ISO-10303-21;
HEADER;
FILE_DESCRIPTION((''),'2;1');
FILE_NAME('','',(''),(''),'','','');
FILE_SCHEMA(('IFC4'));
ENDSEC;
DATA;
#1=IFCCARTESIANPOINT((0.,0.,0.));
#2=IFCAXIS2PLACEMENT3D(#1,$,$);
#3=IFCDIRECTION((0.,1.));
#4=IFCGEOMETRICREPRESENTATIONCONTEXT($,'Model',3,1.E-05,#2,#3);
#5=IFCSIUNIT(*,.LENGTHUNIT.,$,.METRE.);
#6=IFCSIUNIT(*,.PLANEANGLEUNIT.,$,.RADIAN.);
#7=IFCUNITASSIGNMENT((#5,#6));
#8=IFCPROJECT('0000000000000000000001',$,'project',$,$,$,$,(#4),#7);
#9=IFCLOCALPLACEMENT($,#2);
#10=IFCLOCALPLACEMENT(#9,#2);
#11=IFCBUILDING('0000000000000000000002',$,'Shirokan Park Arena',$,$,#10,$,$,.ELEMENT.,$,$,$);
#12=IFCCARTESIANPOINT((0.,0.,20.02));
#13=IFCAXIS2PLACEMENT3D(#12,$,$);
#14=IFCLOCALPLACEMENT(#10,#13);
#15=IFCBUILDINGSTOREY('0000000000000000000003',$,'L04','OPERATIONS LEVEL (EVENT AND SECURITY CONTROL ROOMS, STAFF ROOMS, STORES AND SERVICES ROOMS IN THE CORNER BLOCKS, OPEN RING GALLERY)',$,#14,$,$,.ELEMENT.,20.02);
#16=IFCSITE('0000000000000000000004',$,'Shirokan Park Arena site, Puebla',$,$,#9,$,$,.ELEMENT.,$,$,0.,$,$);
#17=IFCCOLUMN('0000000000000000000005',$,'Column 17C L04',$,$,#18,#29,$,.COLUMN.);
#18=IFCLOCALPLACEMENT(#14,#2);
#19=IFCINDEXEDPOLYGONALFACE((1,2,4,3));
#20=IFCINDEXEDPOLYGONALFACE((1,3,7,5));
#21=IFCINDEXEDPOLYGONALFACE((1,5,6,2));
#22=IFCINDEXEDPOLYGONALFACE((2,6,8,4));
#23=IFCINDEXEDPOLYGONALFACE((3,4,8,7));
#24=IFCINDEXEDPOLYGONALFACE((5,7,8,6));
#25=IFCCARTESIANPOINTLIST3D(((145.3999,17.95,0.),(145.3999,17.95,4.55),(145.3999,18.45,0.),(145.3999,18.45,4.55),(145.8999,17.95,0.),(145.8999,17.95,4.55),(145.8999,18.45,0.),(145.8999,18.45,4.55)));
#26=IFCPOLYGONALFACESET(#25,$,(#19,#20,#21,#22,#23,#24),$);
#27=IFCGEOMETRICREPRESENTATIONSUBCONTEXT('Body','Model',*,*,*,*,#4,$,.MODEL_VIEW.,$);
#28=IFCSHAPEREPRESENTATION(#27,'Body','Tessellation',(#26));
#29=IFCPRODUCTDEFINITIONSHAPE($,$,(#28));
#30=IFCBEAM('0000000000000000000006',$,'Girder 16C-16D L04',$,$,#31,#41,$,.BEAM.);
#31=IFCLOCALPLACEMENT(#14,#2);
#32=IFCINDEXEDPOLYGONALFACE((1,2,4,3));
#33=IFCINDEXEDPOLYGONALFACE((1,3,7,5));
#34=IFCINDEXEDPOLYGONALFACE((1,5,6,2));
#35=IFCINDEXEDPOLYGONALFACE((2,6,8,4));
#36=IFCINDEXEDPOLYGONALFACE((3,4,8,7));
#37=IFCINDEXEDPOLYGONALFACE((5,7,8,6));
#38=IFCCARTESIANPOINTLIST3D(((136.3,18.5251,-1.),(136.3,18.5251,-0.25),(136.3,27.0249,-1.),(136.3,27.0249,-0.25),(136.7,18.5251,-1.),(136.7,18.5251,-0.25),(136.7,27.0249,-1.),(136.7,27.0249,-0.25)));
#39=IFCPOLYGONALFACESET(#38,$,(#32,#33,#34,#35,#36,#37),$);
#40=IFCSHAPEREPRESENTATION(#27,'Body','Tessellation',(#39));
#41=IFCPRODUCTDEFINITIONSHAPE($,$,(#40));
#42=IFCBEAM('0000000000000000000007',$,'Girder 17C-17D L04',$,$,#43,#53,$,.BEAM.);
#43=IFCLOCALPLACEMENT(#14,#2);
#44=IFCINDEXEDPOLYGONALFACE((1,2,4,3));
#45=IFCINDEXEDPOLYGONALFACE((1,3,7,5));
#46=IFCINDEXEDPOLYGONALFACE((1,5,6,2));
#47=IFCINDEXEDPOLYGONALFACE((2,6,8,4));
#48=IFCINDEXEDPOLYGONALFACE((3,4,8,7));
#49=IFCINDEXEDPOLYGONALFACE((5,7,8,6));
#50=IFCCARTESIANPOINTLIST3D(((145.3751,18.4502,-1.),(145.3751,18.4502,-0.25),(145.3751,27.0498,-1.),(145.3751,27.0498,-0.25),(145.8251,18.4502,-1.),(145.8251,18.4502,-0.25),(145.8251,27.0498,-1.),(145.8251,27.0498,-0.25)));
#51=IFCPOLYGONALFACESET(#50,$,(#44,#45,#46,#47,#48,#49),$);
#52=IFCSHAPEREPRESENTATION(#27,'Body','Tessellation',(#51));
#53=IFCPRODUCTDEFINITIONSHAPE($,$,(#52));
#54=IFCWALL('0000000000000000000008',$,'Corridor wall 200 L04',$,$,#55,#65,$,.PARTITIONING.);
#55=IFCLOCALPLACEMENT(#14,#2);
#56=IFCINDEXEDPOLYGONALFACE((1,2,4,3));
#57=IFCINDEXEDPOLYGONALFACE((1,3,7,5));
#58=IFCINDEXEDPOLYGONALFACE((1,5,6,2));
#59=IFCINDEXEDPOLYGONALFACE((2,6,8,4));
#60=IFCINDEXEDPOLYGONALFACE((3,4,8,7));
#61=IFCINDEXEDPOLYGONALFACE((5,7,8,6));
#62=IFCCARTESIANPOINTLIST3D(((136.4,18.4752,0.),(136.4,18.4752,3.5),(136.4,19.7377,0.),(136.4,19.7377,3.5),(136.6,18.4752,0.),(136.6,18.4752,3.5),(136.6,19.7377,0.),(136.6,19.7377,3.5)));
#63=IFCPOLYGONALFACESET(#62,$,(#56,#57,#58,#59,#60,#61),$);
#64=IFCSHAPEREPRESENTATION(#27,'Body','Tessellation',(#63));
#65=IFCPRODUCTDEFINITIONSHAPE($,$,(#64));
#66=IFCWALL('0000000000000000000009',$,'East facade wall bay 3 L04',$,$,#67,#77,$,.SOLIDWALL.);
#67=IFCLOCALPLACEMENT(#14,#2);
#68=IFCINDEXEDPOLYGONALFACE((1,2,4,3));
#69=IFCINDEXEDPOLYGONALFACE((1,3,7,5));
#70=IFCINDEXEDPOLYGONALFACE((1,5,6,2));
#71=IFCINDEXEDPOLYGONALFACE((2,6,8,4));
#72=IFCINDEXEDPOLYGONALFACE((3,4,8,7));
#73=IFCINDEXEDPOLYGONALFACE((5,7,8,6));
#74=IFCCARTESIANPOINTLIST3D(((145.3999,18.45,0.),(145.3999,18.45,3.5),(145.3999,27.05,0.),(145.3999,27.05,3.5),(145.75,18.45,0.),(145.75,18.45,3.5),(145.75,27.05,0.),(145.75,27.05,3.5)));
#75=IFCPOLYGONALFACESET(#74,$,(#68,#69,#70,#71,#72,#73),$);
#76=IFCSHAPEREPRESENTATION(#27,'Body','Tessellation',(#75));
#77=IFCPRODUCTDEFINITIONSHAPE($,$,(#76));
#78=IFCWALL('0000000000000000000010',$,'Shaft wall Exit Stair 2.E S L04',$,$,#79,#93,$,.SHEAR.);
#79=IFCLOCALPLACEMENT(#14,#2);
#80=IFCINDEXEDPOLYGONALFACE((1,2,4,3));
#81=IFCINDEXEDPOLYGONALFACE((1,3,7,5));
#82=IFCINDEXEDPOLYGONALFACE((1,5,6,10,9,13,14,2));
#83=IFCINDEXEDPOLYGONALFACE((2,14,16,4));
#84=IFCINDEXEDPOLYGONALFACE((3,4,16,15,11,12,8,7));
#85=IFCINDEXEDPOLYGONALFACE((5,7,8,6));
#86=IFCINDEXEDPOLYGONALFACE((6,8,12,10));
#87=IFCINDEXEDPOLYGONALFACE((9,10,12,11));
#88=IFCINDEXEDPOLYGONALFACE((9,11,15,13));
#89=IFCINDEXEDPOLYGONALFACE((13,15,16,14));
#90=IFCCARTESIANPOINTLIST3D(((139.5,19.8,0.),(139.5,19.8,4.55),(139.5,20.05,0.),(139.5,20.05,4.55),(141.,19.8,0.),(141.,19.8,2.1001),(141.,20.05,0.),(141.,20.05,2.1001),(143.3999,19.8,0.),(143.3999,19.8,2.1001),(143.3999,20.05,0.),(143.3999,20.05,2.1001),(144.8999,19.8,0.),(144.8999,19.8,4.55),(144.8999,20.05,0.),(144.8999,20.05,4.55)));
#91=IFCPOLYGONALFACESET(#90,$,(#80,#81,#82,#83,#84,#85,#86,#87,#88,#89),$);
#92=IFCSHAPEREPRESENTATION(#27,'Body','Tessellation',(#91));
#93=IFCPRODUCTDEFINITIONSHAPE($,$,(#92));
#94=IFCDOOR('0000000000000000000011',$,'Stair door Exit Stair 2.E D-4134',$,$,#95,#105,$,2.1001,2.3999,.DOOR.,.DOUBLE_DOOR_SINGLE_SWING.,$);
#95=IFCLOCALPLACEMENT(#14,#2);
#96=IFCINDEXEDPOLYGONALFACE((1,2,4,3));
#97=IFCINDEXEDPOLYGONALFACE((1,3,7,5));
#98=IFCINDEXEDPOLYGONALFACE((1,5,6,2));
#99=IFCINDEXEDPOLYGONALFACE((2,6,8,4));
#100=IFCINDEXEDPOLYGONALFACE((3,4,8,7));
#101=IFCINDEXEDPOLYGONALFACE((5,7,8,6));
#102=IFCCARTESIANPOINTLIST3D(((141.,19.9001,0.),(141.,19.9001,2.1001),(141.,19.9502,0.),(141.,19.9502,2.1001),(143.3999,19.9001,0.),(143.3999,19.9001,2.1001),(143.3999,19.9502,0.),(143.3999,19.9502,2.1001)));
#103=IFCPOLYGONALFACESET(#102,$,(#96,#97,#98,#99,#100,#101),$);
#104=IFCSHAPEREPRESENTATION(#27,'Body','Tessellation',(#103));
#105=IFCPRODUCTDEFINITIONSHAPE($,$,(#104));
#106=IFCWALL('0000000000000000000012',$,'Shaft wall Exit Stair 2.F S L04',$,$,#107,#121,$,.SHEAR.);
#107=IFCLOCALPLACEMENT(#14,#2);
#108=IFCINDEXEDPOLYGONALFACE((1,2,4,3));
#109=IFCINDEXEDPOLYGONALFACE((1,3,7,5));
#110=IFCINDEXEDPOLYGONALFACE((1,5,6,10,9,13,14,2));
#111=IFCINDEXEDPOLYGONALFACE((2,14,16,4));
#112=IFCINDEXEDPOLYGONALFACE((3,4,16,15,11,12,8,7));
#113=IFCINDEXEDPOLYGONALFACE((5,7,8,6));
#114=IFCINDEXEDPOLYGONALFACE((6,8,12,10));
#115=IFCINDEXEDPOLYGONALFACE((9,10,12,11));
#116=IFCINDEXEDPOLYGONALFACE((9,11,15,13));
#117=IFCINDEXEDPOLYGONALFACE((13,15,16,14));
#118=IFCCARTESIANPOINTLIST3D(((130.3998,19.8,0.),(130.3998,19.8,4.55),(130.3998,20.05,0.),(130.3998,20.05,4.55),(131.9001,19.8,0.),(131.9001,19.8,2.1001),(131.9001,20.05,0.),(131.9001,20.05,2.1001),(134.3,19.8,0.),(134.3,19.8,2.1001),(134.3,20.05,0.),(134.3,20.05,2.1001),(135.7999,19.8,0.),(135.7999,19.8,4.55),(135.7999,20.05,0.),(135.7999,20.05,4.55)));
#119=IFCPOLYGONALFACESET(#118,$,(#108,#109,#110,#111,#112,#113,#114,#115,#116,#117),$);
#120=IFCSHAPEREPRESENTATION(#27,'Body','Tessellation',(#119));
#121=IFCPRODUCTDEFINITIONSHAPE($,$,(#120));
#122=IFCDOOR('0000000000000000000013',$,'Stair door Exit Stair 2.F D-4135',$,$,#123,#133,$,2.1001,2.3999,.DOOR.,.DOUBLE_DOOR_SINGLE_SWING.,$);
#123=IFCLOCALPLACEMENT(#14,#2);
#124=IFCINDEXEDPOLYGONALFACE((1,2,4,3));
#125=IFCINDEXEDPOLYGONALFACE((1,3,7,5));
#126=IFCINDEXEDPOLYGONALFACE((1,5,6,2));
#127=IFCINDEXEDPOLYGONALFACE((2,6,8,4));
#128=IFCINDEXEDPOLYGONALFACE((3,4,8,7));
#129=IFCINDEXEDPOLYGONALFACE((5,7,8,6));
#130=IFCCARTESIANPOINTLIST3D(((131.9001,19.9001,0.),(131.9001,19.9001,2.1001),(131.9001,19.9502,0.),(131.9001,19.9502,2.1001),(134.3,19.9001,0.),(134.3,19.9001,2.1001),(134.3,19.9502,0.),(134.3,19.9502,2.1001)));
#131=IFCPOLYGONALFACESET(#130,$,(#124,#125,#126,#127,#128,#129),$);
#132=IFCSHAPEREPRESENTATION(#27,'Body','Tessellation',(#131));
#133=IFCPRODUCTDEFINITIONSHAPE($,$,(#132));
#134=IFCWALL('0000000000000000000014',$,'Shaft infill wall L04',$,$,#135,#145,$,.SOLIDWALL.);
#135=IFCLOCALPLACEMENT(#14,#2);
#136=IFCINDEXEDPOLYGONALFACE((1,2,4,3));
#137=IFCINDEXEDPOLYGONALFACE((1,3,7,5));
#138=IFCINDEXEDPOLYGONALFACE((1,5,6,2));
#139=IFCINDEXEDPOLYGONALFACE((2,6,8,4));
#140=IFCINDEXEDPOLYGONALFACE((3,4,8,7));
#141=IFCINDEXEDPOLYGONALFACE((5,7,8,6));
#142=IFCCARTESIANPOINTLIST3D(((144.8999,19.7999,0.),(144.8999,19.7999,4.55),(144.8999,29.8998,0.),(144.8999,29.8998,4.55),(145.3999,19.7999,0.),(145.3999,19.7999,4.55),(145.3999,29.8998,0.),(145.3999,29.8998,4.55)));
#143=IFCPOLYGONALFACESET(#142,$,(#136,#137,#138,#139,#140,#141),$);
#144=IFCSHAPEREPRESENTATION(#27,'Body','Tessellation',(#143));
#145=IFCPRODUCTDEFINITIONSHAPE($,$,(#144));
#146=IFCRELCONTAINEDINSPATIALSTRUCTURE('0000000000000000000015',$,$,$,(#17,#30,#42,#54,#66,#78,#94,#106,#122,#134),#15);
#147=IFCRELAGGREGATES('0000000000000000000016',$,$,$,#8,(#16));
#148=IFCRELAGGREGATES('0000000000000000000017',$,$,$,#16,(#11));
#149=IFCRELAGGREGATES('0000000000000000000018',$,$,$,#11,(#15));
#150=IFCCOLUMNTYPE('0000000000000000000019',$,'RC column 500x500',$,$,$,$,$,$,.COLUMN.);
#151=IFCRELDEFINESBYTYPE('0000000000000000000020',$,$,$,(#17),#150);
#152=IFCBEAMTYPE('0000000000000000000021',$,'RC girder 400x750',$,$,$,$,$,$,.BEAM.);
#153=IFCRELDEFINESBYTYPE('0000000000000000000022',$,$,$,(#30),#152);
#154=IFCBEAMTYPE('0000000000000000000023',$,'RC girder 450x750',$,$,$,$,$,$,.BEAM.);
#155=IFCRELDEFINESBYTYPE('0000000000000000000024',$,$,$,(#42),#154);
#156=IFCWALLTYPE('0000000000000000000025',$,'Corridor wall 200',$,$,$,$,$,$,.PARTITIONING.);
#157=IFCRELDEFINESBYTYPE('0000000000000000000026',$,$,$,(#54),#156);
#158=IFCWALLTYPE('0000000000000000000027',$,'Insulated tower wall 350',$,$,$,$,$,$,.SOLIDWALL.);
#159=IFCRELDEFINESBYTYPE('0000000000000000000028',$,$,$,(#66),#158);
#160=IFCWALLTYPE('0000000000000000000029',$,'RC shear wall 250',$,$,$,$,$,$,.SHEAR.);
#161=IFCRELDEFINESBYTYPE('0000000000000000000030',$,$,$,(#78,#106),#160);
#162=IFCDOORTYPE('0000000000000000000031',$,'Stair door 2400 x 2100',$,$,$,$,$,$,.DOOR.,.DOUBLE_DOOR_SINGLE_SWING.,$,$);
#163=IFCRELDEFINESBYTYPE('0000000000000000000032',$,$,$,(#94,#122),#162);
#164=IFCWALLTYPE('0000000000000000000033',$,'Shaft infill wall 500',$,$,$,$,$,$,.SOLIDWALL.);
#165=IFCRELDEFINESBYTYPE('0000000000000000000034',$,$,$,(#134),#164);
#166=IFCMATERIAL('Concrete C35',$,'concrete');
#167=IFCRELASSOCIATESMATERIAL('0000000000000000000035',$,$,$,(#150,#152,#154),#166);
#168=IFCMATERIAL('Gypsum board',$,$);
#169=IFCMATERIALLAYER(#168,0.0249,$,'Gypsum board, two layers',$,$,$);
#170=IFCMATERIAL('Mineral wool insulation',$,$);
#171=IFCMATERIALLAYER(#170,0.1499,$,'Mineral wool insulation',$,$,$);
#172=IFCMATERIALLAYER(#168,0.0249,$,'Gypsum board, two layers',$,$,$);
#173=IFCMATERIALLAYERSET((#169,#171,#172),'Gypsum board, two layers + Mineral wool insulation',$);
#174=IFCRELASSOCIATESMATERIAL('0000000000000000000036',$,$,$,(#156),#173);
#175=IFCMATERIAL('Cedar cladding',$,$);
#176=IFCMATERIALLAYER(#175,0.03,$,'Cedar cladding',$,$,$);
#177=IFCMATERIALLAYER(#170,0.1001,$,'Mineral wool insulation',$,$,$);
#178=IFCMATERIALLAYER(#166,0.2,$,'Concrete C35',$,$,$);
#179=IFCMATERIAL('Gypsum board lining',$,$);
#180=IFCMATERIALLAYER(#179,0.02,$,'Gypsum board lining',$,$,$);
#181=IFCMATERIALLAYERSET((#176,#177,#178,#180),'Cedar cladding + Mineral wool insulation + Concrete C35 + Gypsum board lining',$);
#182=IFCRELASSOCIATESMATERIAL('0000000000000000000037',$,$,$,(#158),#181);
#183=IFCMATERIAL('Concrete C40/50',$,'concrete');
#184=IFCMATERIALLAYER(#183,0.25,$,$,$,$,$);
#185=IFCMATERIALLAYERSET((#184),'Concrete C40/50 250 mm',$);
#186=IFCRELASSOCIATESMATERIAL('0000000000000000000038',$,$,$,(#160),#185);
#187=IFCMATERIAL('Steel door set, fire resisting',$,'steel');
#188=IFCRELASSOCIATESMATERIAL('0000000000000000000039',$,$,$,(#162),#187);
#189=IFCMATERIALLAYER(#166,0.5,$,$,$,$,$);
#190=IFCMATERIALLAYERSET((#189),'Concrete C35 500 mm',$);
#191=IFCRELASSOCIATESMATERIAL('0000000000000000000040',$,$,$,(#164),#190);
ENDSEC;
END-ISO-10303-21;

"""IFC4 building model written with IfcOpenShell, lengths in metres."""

from ifc_helpers import new_model, si_unit, direction, frame, frame_2d, origin, origin_2d, place, context, subcontext, project, spatial, rectangle, extrude, material, layer, layer_set, material_profile, profile_set, type_object, element, fill, save


model = new_model("IFC4")

# Units and contexts
model_context = context("Model", 3, precision=1e-05, world=origin(), true_north=direction((0.0, 1.0)))
body_context = subcontext(model_context, "Body", "Model", "MODEL_VIEW")
ifc_project = project(units=[si_unit("LENGTHUNIT", "METRE"), si_unit("PLANEANGLEUNIT", "RADIAN")], contexts=[model_context])

# Site, building, storey
site_placement = place(None, origin())
site = spatial("IfcSite", under=ifc_project, at=site_placement, Name="Shirokan Park Arena site, Puebla", CompositionType="ELEMENT", RefElevation=0.0)
building_placement = place(site_placement, origin())
building = spatial("IfcBuilding", under=site, at=building_placement, Name="Shirokan Park Arena", CompositionType="ELEMENT")
storey_placement = place(building_placement, frame((0.0, 0.0, 20.02)))
storey = spatial("IfcBuildingStorey", under=building, at=storey_placement, Name="L04", Description="OPERATIONS LEVEL (EVENT AND SECURITY CONTROL ROOMS, STAFF ROOMS, STORES AND SERVICES ROOMS IN THE CORNER BLOCKS, OPEN RING GALLERY)", CompositionType="ELEMENT", Elevation=20.02)

# Column
ifc_material_1 = material(Name="Concrete C35", Category="concrete")
ifc_material_profile_1 = material_profile(ifc_material_1, rectangle(XDim=0.5, YDim=0.5, at=origin_2d()), Name="500x500")
ifc_profile_set_1 = profile_set([ifc_material_profile_1], Name="Concrete C35")
column_type = type_object("IfcColumnType", Name="RC column 500x500", PredefinedType="COLUMN", material=ifc_profile_set_1)
column_placement = place(storey_placement, frame((145.6499, 18.2, 0.0), z_axis=(0.0, 0.0, 1.0), x_axis=(1.0, 0.0, 0.0)))
element("IfcColumn", 1, at=column_placement, inside=storey, type_object=column_type, Name="Column 17C L04", PredefinedType="COLUMN", context=body_context, shape_type="SweptSolid", body=[
    extrude(rectangle(XDim=0.5, YDim=0.5, at=origin_2d()), origin(), (0.0, 0.0, 1.0), 4.55),
])

# Beams
ifc_material_profile_2 = material_profile(ifc_material_1, rectangle(XDim=0.3999, YDim=0.75, at=origin_2d()), Name="400x750")
ifc_profile_set_2 = profile_set([ifc_material_profile_2], Name="Concrete C35")
beam_type_1 = type_object("IfcBeamType", Name="RC girder 400x750", PredefinedType="BEAM", material=ifc_profile_set_2)
beam_1_placement = place(storey_placement, frame((136.5, 18.5251, -0.625), z_axis=(0.0, 1.0, 0.0), x_axis=(-1.0, 0.0, 0.0)))
element("IfcBeam", 2, at=beam_1_placement, inside=storey, type_object=beam_type_1, Name="Girder 16C-16D L04", PredefinedType="BEAM", context=body_context, shape_type="SweptSolid", body=[
    extrude(rectangle(XDim=0.3999, YDim=0.75, at=origin_2d()), origin(), (0.0, 0.0, 1.0), 8.4998),
])
ifc_material_profile_3 = material_profile(ifc_material_1, rectangle(XDim=0.45, YDim=0.75, at=origin_2d()), Name="450x750")
ifc_profile_set_3 = profile_set([ifc_material_profile_3], Name="Concrete C35")
beam_type_2 = type_object("IfcBeamType", Name="RC girder 450x750", PredefinedType="BEAM", material=ifc_profile_set_3)
beam_2_placement = place(storey_placement, frame((145.6001, 18.4502, -0.625), z_axis=(0.0, 1.0, 0.0), x_axis=(-1.0, 0.0, 0.0)))
element("IfcBeam", 3, at=beam_2_placement, inside=storey, type_object=beam_type_2, Name="Girder 17C-17D L04", PredefinedType="BEAM", context=body_context, shape_type="SweptSolid", body=[
    extrude(rectangle(XDim=0.45, YDim=0.75, at=origin_2d()), origin(), (0.0, 0.0, 1.0), 8.5996),
])

# Walls
ifc_material_2 = material(Name="Gypsum board")
ifc_layer_1 = layer(ifc_material_2, 0.0249, Name="Gypsum board, two layers")
ifc_material_3 = material(Name="Mineral wool insulation")
ifc_layer_2 = layer(ifc_material_3, 0.1499, Name="Mineral wool insulation")
ifc_layer_3 = layer(ifc_material_2, 0.0249, Name="Gypsum board, two layers")
ifc_layer_set_1 = layer_set([ifc_layer_1, ifc_layer_2, ifc_layer_3], Name="Gypsum board, two layers + Mineral wool insulation")
wall_type_1 = type_object("IfcWallType", Name="Corridor wall 200", PredefinedType="PARTITIONING", material=ifc_layer_set_1)
wall_1_placement = place(storey_placement, frame((136.5, 18.4751, 0.0), z_axis=(0.0, 0.0, 1.0), x_axis=(0.0, 1.0, 0.0)))
element("IfcWall", 4, at=wall_1_placement, inside=storey, type_object=wall_type_1, Name="Corridor wall 200 L04", PredefinedType="PARTITIONING", context=body_context, shape_type="SweptSolid", body=[
    extrude(rectangle(XDim=1.2625, YDim=0.2, at=frame_2d((0.6313, 0.0))), origin(), (0.0, 0.0, 1.0), 3.5),
])
ifc_material_4 = material(Name="Cedar cladding")
ifc_layer_4 = layer(ifc_material_4, 0.03, Name="Cedar cladding")
ifc_layer_5 = layer(ifc_material_3, 0.1001, Name="Mineral wool insulation")
ifc_layer_6 = layer(ifc_material_1, 0.2, Name="Concrete C35")
ifc_material_5 = material(Name="Gypsum board lining")
ifc_layer_7 = layer(ifc_material_5, 0.02, Name="Gypsum board lining")
ifc_layer_set_2 = layer_set([ifc_layer_4, ifc_layer_5, ifc_layer_6, ifc_layer_7], Name="Cedar cladding + Mineral wool insulation + Concrete C35 + Gypsum board lining")
wall_type_2 = type_object("IfcWallType", Name="Insulated tower wall 350", PredefinedType="SOLIDWALL", material=ifc_layer_set_2)
wall_2_placement = place(storey_placement, frame((145.575, 18.45, 0.0), z_axis=(0.0, 0.0, 1.0), x_axis=(0.0, 1.0, 0.0)))
element("IfcWall", 5, at=wall_2_placement, inside=storey, type_object=wall_type_2, Name="East facade wall bay 3 L04", PredefinedType="SOLIDWALL", context=body_context, shape_type="SweptSolid", body=[
    extrude(rectangle(XDim=8.6001, YDim=0.3501, at=frame_2d((4.3, 0.0))), origin(), (0.0, 0.0, 1.0), 3.5),
])

# Walls, openings, doors
ifc_material_6 = material(Name="Concrete C40/50", Category="concrete")
ifc_layer_8 = layer(ifc_material_6, 0.25)
ifc_layer_set_3 = layer_set([ifc_layer_8], Name="Concrete C40/50 250 mm")
wall_type_3 = type_object("IfcWallType", Name="RC shear wall 250", PredefinedType="SHEAR", material=ifc_layer_set_3)
wall_3_placement = place(storey_placement, frame((144.8999, 19.925, 0.0), z_axis=(0.0, 0.0, 1.0), x_axis=(-1.0, 0.0, 0.0)))
wall_3 = element("IfcWall", 6, at=wall_3_placement, inside=storey, type_object=wall_type_3, Name="Shaft wall Exit Stair 2.E S L04", PredefinedType="SHEAR", context=body_context, shape_type="SweptSolid", body=[
    extrude(rectangle(XDim=5.3999, YDim=0.25, at=frame_2d((2.7, 0.0))), origin(), (0.0, 0.0, 1.0), 4.55),
])
opening_1_placement = place(wall_3_placement, frame((1.5, 0.0, 0.0)))
opening_1 = element("IfcOpeningElement", 7, at=opening_1_placement, cuts=wall_3, PredefinedType="OPENING", context=body_context, shape_type="SweptSolid", body=[
    extrude(rectangle(XDim=2.3999, YDim=2.1001, at=frame_2d((1.2, 1.05))), frame((0.0, 0.135, 0.0), z_axis=(0.0, -1.0, 0.0), x_axis=(1.0, 0.0, 0.0)), (0.0, 0.0, 1.0), 0.27),
])
ifc_material_7 = material(Name="Steel door set, fire resisting", Category="steel")
door_type_1 = type_object("IfcDoorType", Name="Stair door 2400 x 2100", OperationType="DOUBLE_DOOR_SINGLE_SWING", PredefinedType="DOOR", material=ifc_material_7)
door_1_placement = place(opening_1_placement, origin())
door_1 = element("IfcDoor", 8, at=door_1_placement, inside=storey, type_object=door_type_1, Name="Stair door Exit Stair 2.E D-4134", OperationType="DOUBLE_DOOR_SINGLE_SWING", OverallHeight=2.1001, OverallWidth=2.3999, PredefinedType="DOOR", context=body_context, shape_type="SweptSolid", body=[
    extrude(rectangle(XDim=2.3999, YDim=2.1001, at=frame_2d((1.2, 1.05))), frame((0.0, 0.0249, 0.0), z_axis=(0.0, -1.0, 0.0), x_axis=(1.0, 0.0, 0.0)), (0.0, 0.0, 1.0), 0.05),
])
fill(opening_1, door_1)
wall_4_placement = place(storey_placement, frame((135.8, 19.925, 0.0), z_axis=(0.0, 0.0, 1.0), x_axis=(-1.0, 0.0, 0.0)))
wall_4 = element("IfcWall", 9, at=wall_4_placement, inside=storey, type_object=wall_type_3, Name="Shaft wall Exit Stair 2.F S L04", PredefinedType="SHEAR", context=body_context, shape_type="SweptSolid", body=[
    extrude(rectangle(XDim=5.4001, YDim=0.25, at=frame_2d((2.7002, 0.0))), origin(), (0.0, 0.0, 1.0), 4.55),
])
opening_2_placement = place(wall_4_placement, frame((1.5, 0.0, 0.0)))
opening_2 = element("IfcOpeningElement", 10, at=opening_2_placement, cuts=wall_4, PredefinedType="OPENING", context=body_context, shape_type="SweptSolid", body=[
    extrude(rectangle(XDim=2.3999, YDim=2.1001, at=frame_2d((1.2, 1.05))), frame((0.0, 0.135, 0.0), z_axis=(0.0, -1.0, 0.0), x_axis=(1.0, 0.0, 0.0)), (0.0, 0.0, 1.0), 0.27),
])
door_2_placement = place(opening_2_placement, origin())
door_2 = element("IfcDoor", 11, at=door_2_placement, inside=storey, type_object=door_type_1, Name="Stair door Exit Stair 2.F D-4135", OperationType="DOUBLE_DOOR_SINGLE_SWING", OverallHeight=2.1001, OverallWidth=2.3999, PredefinedType="DOOR", context=body_context, shape_type="SweptSolid", body=[
    extrude(rectangle(XDim=2.3999, YDim=2.1001, at=frame_2d((1.2, 1.05))), frame((0.0, 0.0249, 0.0), z_axis=(0.0, -1.0, 0.0), x_axis=(1.0, 0.0, 0.0)), (0.0, 0.0, 1.0), 0.05),
])
fill(opening_2, door_2)

# Wall
ifc_layer_9 = layer(ifc_material_1, 0.5)
ifc_layer_set_4 = layer_set([ifc_layer_9], Name="Concrete C35 500 mm")
wall_type_4 = type_object("IfcWallType", Name="Shaft infill wall 500", PredefinedType="SOLIDWALL", material=ifc_layer_set_4)
wall_5_placement = place(storey_placement, frame((145.1499, 19.8, 0.0), z_axis=(0.0, 0.0, 1.0), x_axis=(0.0, 1.0, 0.0)))
element("IfcWall", 12, at=wall_5_placement, inside=storey, type_object=wall_type_4, Name="Shaft infill wall L04", PredefinedType="SOLIDWALL", context=body_context, shape_type="SweptSolid", body=[
    extrude(rectangle(XDim=10.0999, YDim=0.5, at=frame_2d((5.0498, 0.0))), origin(), (0.0, 0.0, 1.0), 4.55),
])

save(model, "model.ifc")
